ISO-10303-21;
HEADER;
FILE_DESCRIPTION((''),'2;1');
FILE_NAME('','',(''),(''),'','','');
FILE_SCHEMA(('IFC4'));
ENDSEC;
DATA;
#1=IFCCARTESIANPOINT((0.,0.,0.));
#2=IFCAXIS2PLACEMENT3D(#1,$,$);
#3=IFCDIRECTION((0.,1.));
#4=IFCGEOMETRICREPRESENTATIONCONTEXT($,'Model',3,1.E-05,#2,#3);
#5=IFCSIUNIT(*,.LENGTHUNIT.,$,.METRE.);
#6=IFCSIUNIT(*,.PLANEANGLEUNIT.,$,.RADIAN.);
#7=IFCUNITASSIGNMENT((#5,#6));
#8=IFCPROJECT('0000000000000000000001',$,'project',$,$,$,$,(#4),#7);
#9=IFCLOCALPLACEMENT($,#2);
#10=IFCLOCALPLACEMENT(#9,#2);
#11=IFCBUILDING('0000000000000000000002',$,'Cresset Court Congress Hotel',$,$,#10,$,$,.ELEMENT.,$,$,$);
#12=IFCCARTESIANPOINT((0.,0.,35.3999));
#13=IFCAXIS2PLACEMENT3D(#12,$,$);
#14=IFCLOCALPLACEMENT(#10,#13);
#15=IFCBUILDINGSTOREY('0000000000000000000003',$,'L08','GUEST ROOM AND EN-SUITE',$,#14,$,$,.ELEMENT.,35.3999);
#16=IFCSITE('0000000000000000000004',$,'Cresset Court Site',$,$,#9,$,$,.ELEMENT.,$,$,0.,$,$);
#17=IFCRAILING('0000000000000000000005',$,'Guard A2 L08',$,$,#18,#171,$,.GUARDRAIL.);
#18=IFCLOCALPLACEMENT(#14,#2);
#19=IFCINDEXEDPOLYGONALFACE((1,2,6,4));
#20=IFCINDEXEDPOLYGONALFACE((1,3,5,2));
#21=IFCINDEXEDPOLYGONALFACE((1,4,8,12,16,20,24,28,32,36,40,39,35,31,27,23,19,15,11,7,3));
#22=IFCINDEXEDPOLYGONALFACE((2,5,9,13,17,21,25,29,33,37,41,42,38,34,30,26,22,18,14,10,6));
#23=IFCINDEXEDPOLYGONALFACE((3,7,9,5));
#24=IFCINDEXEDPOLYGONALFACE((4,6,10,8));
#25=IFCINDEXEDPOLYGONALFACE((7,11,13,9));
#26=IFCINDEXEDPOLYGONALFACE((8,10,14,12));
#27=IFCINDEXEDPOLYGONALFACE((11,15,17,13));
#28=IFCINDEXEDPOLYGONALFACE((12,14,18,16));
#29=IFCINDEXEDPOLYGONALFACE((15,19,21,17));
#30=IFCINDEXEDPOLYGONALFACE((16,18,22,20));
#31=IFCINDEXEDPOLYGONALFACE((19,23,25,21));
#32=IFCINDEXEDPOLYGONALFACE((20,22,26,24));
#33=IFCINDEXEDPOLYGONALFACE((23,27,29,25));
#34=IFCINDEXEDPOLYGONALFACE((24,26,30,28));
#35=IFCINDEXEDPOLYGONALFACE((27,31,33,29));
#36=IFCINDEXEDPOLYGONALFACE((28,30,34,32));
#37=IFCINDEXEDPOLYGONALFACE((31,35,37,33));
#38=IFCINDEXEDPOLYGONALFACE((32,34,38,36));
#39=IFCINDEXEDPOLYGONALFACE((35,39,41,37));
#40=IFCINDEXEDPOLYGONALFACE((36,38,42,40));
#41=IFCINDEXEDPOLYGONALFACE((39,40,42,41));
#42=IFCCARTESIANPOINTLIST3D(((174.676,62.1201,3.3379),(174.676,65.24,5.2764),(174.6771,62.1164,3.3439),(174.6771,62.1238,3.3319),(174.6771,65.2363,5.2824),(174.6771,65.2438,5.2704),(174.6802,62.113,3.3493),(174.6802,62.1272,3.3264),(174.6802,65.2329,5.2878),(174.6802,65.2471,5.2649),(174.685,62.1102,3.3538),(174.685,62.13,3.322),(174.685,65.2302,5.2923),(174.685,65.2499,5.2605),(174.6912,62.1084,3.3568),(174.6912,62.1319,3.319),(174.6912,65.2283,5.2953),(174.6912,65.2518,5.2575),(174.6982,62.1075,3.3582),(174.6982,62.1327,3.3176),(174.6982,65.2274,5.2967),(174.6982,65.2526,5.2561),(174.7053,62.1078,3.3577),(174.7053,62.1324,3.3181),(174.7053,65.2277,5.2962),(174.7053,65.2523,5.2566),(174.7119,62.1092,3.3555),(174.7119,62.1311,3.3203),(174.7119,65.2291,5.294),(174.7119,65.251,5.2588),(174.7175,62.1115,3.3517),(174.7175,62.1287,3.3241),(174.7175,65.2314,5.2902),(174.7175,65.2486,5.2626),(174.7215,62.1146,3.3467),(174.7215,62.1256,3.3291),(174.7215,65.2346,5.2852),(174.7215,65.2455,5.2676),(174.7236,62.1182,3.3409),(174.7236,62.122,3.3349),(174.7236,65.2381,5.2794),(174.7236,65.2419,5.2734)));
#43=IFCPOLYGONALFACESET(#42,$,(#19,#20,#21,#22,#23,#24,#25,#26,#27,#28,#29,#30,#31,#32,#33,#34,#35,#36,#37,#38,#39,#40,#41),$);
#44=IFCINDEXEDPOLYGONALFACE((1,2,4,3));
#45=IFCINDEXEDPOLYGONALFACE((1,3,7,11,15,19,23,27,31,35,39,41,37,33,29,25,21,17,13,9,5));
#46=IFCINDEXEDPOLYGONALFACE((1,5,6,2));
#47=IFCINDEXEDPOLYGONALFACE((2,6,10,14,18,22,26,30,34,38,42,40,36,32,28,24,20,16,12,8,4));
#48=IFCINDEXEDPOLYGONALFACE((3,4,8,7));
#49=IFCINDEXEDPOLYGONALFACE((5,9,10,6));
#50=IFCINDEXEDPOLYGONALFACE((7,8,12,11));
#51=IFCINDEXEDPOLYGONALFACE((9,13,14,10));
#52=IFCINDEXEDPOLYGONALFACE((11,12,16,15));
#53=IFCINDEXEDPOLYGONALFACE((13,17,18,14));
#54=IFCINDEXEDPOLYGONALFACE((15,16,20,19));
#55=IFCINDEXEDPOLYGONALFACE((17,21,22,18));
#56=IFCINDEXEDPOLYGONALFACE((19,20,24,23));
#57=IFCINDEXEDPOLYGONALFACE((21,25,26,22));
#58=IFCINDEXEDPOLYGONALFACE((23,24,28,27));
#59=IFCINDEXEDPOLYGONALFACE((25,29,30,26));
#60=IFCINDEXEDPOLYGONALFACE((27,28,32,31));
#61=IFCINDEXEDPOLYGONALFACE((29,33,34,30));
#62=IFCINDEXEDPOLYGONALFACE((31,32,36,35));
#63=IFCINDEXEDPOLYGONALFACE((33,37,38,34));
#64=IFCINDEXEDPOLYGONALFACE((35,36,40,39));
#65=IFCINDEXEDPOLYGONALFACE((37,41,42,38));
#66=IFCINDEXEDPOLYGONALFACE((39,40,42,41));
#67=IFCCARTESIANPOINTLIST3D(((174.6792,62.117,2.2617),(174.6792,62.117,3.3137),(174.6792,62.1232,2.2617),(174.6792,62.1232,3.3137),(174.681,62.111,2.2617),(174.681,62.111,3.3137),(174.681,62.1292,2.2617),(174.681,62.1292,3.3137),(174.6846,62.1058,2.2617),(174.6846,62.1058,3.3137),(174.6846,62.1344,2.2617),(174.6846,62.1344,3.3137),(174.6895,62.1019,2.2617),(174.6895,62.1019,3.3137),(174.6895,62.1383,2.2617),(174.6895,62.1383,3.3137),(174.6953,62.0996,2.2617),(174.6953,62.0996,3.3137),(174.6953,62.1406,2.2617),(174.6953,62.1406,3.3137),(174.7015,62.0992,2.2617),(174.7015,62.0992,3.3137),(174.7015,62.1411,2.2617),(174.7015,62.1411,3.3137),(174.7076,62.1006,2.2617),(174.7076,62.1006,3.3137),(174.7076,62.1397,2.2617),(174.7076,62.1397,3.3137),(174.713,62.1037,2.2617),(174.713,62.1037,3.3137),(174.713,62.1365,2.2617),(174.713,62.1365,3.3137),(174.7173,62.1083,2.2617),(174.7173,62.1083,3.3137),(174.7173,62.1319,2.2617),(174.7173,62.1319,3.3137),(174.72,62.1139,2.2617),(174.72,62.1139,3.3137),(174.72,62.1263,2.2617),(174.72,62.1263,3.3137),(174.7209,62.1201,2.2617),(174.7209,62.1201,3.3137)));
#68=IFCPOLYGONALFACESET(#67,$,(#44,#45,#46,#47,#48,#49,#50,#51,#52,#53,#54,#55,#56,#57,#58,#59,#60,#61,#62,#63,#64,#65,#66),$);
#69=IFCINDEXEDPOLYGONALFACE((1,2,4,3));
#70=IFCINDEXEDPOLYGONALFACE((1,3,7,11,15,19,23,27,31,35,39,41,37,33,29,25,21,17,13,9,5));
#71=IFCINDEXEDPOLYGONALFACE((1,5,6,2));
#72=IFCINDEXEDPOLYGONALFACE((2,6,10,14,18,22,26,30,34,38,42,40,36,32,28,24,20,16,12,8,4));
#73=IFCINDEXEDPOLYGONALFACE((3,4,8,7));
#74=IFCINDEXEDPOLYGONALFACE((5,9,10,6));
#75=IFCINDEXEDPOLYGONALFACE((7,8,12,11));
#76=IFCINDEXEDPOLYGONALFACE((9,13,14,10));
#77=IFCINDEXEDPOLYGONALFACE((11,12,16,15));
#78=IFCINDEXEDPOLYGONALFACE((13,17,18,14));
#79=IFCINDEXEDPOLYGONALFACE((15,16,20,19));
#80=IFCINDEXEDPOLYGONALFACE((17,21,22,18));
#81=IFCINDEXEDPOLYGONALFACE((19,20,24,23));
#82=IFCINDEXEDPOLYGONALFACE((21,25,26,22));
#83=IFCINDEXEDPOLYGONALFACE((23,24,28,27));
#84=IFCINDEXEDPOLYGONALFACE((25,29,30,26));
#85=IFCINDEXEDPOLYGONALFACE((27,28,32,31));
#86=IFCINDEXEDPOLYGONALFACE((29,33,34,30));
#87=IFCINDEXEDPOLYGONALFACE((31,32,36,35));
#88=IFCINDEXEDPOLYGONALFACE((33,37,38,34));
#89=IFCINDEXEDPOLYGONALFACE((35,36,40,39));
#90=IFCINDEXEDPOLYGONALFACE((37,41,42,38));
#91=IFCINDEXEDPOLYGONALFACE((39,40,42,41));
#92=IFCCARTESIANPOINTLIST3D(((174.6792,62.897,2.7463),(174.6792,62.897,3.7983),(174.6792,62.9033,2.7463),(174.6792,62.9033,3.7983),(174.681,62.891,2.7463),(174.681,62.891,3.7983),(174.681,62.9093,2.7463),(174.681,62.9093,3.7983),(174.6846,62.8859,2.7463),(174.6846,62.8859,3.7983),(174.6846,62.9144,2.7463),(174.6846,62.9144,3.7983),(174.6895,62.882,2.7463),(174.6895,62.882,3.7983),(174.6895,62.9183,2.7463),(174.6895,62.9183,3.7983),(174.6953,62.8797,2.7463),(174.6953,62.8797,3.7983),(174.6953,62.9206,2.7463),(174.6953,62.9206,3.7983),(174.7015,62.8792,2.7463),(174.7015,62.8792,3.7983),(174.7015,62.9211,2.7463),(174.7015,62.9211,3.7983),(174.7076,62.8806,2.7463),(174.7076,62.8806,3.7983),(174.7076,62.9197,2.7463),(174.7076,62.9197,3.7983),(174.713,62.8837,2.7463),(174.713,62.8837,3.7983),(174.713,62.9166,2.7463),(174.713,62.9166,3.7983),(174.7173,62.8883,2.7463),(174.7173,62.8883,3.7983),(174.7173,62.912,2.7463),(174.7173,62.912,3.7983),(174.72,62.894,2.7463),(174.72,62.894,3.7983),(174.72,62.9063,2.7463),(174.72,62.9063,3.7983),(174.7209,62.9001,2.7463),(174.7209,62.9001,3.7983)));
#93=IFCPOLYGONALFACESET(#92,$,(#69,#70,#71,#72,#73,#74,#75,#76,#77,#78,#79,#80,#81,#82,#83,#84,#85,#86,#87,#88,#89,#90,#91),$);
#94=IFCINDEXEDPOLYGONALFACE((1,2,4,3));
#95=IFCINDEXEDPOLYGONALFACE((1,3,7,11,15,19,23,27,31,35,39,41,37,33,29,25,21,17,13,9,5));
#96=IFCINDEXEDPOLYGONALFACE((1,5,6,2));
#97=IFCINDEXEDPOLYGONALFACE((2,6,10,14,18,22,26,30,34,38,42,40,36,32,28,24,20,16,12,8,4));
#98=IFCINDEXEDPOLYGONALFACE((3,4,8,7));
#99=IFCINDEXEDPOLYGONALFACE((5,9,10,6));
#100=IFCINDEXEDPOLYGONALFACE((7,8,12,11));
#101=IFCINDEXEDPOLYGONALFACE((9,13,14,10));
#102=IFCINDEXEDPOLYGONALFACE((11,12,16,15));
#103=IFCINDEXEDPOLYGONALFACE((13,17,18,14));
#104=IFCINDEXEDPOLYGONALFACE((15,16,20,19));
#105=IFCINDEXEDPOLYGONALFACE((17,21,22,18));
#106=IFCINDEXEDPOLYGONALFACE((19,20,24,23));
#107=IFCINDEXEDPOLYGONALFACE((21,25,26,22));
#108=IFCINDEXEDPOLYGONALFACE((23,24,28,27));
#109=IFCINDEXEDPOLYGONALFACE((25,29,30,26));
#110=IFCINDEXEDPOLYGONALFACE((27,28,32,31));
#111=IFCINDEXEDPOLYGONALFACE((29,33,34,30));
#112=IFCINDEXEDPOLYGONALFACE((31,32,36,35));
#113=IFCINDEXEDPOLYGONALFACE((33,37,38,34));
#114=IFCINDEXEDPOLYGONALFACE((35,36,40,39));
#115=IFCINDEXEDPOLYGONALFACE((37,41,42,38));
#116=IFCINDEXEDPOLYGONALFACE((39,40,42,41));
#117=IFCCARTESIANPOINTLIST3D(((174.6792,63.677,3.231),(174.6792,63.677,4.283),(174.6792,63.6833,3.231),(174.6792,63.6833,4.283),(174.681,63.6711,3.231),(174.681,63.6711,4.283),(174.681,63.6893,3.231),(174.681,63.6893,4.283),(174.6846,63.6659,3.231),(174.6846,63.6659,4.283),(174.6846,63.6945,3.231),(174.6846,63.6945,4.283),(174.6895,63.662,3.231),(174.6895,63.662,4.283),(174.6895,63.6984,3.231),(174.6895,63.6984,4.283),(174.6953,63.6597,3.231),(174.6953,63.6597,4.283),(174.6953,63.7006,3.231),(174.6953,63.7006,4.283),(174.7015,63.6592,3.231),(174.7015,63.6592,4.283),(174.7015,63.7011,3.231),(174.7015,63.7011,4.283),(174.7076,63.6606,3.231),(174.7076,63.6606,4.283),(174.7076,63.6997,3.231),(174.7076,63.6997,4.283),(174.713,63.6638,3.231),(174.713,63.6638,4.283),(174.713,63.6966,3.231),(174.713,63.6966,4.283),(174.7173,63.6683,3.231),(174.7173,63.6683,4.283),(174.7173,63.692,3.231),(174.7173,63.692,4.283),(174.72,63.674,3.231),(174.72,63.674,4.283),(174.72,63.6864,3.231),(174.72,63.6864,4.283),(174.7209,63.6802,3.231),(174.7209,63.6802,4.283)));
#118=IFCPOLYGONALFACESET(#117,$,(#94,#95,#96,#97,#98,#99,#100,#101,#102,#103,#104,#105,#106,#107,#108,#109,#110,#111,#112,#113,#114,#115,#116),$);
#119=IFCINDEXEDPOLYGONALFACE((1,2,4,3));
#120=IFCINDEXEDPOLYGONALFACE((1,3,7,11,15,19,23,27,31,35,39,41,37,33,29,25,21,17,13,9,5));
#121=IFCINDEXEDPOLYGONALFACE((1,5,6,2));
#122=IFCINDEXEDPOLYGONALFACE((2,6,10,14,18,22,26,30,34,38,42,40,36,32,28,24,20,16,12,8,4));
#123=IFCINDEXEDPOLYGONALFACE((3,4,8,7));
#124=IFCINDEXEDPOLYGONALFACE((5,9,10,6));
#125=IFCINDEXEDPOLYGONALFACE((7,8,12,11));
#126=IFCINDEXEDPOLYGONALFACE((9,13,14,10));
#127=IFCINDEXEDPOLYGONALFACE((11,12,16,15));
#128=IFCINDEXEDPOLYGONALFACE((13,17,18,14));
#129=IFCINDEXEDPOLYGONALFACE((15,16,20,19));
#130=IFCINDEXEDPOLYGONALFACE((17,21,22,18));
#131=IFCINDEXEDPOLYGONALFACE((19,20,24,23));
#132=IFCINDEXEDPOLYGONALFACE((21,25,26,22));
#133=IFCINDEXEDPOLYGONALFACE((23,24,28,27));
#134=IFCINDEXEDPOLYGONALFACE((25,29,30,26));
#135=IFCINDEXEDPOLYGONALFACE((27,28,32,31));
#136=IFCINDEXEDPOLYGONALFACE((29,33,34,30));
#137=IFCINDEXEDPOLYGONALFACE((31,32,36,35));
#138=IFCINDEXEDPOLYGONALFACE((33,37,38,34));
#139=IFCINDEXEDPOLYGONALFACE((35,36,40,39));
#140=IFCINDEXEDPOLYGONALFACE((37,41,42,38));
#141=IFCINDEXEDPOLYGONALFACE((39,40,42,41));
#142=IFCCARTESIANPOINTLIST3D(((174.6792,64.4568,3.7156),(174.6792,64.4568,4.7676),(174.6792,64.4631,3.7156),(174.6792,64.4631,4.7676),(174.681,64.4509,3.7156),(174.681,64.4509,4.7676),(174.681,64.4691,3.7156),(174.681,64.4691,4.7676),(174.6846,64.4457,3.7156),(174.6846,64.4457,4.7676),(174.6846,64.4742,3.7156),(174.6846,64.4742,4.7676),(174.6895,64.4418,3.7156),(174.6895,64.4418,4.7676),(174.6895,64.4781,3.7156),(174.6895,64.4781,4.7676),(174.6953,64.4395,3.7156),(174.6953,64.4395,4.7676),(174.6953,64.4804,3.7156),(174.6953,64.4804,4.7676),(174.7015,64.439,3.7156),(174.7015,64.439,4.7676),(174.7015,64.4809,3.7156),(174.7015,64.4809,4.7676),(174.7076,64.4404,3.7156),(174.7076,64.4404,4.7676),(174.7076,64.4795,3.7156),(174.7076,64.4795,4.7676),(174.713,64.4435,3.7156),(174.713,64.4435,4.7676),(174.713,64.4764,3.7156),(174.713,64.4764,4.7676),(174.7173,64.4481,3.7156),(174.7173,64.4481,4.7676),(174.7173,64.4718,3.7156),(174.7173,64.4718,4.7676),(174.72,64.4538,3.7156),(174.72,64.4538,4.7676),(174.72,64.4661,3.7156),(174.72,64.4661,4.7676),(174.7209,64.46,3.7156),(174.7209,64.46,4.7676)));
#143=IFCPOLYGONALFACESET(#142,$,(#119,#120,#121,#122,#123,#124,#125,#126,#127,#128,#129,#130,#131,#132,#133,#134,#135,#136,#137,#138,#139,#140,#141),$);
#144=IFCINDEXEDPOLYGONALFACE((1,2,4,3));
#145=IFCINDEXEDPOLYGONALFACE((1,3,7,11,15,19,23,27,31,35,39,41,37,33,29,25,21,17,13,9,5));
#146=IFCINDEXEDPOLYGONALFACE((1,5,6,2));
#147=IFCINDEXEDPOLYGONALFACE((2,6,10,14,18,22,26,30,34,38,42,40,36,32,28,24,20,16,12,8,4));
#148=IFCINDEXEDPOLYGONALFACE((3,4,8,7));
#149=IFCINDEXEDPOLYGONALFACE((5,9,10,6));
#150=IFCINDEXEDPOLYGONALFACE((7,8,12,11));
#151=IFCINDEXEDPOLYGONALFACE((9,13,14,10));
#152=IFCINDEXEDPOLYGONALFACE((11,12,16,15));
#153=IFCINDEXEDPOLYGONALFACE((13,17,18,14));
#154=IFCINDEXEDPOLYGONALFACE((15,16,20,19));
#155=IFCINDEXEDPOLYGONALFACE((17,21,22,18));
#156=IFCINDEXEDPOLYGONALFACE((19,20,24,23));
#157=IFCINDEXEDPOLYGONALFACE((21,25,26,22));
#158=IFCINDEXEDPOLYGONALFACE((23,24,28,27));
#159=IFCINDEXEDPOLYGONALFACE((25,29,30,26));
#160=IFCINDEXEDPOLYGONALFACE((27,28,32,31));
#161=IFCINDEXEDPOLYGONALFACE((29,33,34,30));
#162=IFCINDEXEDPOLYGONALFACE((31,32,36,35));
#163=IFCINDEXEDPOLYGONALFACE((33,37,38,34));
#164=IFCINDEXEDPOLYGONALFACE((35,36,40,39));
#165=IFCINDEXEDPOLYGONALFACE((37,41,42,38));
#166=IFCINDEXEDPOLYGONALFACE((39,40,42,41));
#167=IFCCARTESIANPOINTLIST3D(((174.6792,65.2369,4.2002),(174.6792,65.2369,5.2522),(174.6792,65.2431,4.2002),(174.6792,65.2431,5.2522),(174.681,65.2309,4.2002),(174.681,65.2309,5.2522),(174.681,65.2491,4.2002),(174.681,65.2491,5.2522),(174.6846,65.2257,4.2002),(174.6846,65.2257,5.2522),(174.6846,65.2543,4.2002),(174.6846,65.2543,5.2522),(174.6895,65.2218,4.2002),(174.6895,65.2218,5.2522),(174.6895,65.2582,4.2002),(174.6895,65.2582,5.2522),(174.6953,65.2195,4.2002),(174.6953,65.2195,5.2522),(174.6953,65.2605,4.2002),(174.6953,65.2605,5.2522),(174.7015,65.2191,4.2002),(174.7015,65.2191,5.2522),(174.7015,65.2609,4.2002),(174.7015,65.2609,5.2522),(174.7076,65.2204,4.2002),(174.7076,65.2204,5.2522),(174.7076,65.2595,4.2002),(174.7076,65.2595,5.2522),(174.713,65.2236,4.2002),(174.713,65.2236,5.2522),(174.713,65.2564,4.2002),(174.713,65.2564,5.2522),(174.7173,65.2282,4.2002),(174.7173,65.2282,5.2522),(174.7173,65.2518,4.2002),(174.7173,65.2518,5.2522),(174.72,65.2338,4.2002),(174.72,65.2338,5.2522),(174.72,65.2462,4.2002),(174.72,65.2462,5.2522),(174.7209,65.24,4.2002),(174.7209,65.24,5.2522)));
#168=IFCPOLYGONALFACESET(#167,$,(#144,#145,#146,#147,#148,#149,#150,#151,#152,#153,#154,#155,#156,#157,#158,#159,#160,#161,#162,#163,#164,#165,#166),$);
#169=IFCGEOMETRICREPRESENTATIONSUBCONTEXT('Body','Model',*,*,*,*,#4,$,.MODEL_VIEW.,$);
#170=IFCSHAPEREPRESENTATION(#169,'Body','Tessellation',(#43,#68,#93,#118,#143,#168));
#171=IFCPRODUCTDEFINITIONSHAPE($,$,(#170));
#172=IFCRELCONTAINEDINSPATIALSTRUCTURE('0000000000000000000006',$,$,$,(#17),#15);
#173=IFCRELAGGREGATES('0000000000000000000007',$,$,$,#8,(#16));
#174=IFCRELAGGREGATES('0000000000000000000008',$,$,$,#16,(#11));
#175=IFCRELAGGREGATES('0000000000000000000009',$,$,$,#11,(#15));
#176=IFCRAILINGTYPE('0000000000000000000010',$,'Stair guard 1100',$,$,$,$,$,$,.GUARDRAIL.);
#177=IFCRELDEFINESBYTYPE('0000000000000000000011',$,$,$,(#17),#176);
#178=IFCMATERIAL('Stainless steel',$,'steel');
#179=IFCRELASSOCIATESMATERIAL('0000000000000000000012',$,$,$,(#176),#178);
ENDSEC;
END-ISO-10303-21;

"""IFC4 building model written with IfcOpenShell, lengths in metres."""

from ifc_helpers import new_model, si_unit, direction, frame, origin, origin_2d, place, context, subcontext, project, spatial, circle, extrude, material, type_object, element, save


model = new_model("IFC4")

# Units and contexts
model_context = context("Model", 3, precision=1e-05, world=origin(), true_north=direction((0.0, 1.0)))
body_context = subcontext(model_context, "Body", "Model", "MODEL_VIEW")
ifc_project = project(units=[si_unit("LENGTHUNIT", "METRE"), si_unit("PLANEANGLEUNIT", "RADIAN")], contexts=[model_context])

# Site, building, storey
site_placement = place(None, origin())
site = spatial("IfcSite", under=ifc_project, at=site_placement, Name="Cresset Court Site", CompositionType="ELEMENT", RefElevation=0.0)
building_placement = place(site_placement, origin())
building = spatial("IfcBuilding", under=site, at=building_placement, Name="Cresset Court Congress Hotel", CompositionType="ELEMENT")
storey_placement = place(building_placement, frame((0.0, 0.0, 35.3999)))
storey = spatial("IfcBuildingStorey", under=building, at=storey_placement, Name="L08", Description="GUEST ROOM AND EN-SUITE", CompositionType="ELEMENT", Elevation=35.3999)

# Railing
ifc_material_1 = material(Name="Stainless steel", Category="steel")
railing_type_1 = type_object("IfcRailingType", Name="Stair guard 1100", PredefinedType="GUARDRAIL", material=ifc_material_1)
railing_1_placement = place(storey_placement, frame((174.7, 62.1201, 2.2617)))
element("IfcRailing", 1, at=railing_1_placement, inside=storey, type_object=railing_type_1, Name="Guard A2 L08", PredefinedType="GUARDRAIL", context=body_context, shape_type="SweptSolid", body=[
    extrude(circle(Radius=0.0239, at=origin_2d()), frame((0.0, 0.0, 1.0762), z_axis=(0.0, 0.849396, 0.527757), x_axis=(-1.0, 0.0, 0.0)), (0.0, 0.0, 1.0), 3.6731),
    extrude(circle(Radius=0.021, at=origin_2d()), origin(), (0.0, 0.0, 1.0), 1.052),
    extrude(circle(Radius=0.021, at=origin_2d()), frame((0.0, 0.78, 0.4846)), (0.0, 0.0, 1.0), 1.052),
    extrude(circle(Radius=0.021, at=origin_2d()), frame((0.0, 1.5601, 0.9692)), (0.0, 0.0, 1.0), 1.052),
    extrude(circle(Radius=0.021, at=origin_2d()), frame((0.0, 2.3398, 1.4539)), (0.0, 0.0, 1.0), 1.052),
    extrude(circle(Radius=0.021, at=origin_2d()), frame((0.0, 3.1199, 1.9385)), (0.0, 0.0, 1.0), 1.052),
])

save(model, "model.ifc")
